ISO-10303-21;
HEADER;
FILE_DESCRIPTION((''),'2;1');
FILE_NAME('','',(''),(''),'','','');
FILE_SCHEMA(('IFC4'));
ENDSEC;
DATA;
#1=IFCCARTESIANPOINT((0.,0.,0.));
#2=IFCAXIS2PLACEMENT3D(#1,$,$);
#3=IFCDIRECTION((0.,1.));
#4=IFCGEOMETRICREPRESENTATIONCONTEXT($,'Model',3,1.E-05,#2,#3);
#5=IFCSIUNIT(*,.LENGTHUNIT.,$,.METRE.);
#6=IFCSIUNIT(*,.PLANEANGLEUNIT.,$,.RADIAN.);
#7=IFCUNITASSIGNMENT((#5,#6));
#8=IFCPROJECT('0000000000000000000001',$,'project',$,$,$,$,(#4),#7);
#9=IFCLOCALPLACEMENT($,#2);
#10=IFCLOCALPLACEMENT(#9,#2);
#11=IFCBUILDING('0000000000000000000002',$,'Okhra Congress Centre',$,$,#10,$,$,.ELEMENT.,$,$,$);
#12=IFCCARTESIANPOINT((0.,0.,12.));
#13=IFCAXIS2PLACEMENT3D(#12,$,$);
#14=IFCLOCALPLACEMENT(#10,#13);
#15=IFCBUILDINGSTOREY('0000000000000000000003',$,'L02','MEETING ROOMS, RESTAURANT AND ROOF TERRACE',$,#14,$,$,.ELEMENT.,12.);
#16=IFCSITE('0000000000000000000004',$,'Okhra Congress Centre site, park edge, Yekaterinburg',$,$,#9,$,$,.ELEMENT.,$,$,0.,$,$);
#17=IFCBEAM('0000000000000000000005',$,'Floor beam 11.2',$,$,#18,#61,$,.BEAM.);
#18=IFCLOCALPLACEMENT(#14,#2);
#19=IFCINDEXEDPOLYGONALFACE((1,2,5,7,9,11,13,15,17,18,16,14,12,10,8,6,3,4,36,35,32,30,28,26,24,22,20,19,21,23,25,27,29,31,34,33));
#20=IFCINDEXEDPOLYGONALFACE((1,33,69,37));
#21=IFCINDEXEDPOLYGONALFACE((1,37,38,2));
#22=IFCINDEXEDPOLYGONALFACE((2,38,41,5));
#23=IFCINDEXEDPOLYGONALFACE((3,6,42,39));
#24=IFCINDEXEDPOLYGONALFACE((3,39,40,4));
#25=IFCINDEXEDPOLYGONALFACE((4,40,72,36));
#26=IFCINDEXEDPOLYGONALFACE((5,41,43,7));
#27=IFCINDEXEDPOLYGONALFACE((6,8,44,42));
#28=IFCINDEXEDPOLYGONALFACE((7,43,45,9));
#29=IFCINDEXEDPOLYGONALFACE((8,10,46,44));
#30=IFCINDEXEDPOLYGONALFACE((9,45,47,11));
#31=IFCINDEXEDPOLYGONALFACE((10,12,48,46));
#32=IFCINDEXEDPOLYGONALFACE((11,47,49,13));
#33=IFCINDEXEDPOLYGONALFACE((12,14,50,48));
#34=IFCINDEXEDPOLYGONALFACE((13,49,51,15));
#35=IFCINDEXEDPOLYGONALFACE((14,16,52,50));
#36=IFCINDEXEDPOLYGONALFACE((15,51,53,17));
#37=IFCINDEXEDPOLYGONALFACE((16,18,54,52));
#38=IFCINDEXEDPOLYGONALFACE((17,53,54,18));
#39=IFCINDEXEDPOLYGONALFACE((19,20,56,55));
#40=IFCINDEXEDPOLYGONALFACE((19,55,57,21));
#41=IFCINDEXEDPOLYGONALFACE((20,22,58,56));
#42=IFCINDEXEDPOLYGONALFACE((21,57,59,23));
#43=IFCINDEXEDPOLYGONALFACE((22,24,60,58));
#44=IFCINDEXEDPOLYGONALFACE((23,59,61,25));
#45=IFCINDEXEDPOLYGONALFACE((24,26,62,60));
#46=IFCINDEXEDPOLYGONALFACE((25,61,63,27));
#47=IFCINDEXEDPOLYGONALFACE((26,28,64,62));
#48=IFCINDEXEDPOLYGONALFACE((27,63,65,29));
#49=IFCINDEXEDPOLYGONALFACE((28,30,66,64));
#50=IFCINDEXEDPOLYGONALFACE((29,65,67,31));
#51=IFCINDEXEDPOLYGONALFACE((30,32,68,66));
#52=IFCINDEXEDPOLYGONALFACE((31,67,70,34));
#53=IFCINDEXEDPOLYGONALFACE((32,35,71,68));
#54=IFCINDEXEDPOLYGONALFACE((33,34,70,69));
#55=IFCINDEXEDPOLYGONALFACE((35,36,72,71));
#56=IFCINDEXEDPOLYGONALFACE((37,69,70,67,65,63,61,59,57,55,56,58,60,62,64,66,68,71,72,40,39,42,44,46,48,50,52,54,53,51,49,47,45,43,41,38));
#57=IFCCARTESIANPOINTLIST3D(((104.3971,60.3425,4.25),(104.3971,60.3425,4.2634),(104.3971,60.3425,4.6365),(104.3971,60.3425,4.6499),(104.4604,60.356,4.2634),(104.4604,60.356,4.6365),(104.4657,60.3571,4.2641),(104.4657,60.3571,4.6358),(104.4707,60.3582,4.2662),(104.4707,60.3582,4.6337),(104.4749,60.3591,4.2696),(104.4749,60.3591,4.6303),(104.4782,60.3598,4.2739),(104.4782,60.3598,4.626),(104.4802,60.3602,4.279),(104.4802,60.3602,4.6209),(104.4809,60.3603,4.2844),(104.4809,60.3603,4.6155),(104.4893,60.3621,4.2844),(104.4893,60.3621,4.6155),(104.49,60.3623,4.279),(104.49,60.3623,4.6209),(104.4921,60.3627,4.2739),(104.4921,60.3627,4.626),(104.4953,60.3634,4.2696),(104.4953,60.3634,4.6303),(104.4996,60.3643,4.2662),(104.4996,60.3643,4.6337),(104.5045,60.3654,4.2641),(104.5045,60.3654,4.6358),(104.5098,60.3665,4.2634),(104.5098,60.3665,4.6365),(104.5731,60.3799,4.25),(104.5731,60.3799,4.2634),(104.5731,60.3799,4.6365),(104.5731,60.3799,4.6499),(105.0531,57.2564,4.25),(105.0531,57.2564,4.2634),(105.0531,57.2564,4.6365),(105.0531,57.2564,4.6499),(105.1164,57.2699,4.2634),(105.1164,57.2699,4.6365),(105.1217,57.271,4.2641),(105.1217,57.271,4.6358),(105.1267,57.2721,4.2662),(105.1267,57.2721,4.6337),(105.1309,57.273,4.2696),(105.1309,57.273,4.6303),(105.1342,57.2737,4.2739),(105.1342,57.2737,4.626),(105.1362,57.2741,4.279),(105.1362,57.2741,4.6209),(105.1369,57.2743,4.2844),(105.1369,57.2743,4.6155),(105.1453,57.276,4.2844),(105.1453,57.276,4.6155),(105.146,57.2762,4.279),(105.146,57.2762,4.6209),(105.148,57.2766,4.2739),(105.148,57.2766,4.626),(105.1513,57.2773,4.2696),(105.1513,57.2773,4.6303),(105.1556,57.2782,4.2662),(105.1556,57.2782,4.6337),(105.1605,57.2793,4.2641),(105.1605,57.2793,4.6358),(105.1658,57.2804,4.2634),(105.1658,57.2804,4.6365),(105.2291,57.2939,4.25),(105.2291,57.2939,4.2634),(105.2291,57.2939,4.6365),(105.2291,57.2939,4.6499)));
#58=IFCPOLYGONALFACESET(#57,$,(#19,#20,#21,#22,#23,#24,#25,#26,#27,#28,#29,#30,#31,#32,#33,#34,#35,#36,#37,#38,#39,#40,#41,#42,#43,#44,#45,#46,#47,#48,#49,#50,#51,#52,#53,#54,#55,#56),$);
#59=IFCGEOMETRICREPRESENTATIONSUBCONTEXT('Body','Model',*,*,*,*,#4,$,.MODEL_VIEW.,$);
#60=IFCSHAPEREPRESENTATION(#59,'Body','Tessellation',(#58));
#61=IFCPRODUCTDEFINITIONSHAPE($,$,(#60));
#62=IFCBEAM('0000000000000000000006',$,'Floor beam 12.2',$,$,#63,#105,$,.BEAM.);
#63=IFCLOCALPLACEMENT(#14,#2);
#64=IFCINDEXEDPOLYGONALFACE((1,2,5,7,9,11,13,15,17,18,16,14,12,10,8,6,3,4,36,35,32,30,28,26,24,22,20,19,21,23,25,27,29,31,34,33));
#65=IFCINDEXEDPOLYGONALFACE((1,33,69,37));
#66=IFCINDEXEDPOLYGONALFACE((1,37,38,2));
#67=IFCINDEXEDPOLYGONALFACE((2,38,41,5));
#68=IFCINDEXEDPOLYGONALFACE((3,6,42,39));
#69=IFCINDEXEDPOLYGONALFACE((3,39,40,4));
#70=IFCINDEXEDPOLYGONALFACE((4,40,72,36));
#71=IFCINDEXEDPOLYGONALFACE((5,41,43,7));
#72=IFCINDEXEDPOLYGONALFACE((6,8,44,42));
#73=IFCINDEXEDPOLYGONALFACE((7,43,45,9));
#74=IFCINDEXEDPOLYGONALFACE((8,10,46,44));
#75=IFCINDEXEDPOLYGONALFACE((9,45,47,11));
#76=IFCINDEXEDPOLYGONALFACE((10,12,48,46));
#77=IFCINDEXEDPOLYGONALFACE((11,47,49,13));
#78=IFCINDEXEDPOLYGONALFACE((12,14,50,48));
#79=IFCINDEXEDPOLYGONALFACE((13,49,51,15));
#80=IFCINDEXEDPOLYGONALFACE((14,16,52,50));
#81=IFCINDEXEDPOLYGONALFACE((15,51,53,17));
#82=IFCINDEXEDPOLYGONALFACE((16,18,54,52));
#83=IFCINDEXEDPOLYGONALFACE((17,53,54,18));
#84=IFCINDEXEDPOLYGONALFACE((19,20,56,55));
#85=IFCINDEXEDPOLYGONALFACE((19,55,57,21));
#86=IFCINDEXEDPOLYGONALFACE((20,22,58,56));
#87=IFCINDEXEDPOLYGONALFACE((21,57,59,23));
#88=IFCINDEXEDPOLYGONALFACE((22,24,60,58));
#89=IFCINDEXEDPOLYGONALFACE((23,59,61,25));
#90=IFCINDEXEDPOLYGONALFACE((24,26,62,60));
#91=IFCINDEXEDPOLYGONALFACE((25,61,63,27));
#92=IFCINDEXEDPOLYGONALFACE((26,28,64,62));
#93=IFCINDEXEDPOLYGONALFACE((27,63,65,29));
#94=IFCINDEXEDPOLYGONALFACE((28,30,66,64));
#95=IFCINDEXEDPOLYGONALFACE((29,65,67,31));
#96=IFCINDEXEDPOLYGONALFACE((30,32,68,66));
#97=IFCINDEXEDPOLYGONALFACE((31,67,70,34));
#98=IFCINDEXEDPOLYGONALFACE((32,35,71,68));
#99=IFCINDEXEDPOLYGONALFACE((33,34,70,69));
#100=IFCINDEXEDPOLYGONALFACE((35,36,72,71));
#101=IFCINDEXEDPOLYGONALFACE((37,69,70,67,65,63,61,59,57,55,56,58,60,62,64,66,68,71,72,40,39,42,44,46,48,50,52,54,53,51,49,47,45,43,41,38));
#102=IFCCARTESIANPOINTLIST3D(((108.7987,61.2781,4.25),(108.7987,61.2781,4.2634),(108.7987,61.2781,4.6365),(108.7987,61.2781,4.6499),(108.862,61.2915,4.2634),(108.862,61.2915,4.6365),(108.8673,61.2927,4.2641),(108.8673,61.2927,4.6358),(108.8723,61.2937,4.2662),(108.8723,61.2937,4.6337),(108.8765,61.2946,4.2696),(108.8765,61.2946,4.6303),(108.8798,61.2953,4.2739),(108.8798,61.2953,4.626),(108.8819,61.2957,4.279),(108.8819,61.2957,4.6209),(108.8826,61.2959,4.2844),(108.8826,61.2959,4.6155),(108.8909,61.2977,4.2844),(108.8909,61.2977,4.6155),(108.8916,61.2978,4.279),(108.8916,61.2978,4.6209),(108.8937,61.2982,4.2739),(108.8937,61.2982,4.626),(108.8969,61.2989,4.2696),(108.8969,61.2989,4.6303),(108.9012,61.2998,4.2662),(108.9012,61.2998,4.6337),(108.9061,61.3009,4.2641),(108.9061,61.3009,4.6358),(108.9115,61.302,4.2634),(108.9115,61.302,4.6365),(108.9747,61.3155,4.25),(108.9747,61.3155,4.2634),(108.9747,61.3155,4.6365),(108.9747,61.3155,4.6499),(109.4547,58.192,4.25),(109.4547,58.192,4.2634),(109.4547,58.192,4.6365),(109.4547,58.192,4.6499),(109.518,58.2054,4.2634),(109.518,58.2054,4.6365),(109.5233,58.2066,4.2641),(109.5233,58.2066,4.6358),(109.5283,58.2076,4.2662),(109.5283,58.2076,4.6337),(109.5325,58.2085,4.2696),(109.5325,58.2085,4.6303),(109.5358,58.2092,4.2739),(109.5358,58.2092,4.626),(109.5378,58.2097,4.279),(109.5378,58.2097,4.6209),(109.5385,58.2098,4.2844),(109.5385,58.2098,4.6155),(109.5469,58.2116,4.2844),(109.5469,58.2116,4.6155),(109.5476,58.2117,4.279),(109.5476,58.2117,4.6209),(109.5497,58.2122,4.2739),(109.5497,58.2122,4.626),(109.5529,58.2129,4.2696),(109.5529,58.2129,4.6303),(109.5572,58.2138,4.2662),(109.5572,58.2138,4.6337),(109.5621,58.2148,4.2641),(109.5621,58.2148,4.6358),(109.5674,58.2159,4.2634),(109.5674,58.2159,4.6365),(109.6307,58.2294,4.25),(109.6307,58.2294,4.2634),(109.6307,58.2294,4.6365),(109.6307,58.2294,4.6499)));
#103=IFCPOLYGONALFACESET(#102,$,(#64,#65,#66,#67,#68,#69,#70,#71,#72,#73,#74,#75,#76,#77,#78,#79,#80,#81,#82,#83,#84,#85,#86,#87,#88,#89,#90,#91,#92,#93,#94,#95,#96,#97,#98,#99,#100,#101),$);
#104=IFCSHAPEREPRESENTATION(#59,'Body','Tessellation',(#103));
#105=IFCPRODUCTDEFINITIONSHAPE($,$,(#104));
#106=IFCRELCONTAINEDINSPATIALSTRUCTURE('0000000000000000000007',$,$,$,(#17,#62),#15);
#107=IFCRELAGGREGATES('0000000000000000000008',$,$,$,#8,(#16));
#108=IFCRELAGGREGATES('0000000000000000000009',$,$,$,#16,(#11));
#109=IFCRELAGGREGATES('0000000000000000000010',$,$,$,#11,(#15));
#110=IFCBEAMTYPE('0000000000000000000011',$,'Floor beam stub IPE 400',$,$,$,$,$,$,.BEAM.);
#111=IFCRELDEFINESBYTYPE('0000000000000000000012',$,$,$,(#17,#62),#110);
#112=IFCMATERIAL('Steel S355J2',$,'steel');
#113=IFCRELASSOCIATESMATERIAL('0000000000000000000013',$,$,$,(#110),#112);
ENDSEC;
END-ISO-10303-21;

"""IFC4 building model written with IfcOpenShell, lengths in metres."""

from ifc_helpers import new_model, si_unit, direction, frame, origin, origin_2d, place, context, subcontext, project, spatial, i_section, extrude, material, material_profile, profile_set, type_object, element, save


model = new_model("IFC4")

# Units and contexts
model_context = context("Model", 3, precision=1e-05, world=origin(), true_north=direction((0.0, 1.0)))
body_context = subcontext(model_context, "Body", "Model", "MODEL_VIEW")
ifc_project = project(units=[si_unit("LENGTHUNIT", "METRE"), si_unit("PLANEANGLEUNIT", "RADIAN")], contexts=[model_context])

# Site, building, storey
site_placement = place(None, origin())
site = spatial("IfcSite", under=ifc_project, at=site_placement, Name="Okhra Congress Centre site, park edge, Yekaterinburg", CompositionType="ELEMENT", RefElevation=0.0)
building_placement = place(site_placement, origin())
building = spatial("IfcBuilding", under=site, at=building_placement, Name="Okhra Congress Centre", CompositionType="ELEMENT")
storey_placement = place(building_placement, frame((0.0, 0.0, 12.0)))
storey = spatial("IfcBuildingStorey", under=building, at=storey_placement, Name="L02", Description="MEETING ROOMS, RESTAURANT AND ROOF TERRACE", CompositionType="ELEMENT", Elevation=12.0)

# Shared definitions
ifc_material_1 = material(Name="Steel S355J2", Category="steel")

# Beams
ifc_material_profile_1 = material_profile(ifc_material_1, i_section(OverallWidth=0.1799, OverallDepth=0.3999, WebThickness=0.0085, FlangeThickness=0.0134, FilletRadius=0.021, at=origin_2d()), Name="IPE 400")
ifc_profile_set_1 = profile_set([ifc_material_profile_1], Name="Steel S355J2")
beam_type_1 = type_object("IfcBeamType", Name="Floor beam stub IPE 400", PredefinedType="BEAM", material=ifc_profile_set_1)
for number, where, z_axis, x_axis, name in (
    (1, (105.1411, 57.2751, 4.45), (-0.207917, 0.978146, 0.0), (-0.978146, -0.207917, 0.0), "Floor beam 11.2"),
    (2, (109.5427, 58.2107, 4.45), (-0.207917, 0.978146, 0.0), (-0.978146, -0.207917, 0.0), "Floor beam 12.2"),
):
    element("IfcBeam", number, at=place(storey_placement, frame(where, z_axis=z_axis, x_axis=x_axis)), inside=storey, type_object=beam_type_1, Name=name, PredefinedType="BEAM", context=body_context, shape_type="SweptSolid", body=[
        extrude(i_section(OverallWidth=0.1799, OverallDepth=0.3999, WebThickness=0.0085, FlangeThickness=0.0134, FilletRadius=0.021, at=origin_2d()), origin(), (0.0, 0.0, 1.0), 3.155),
    ])

save(model, "model.ifc")
